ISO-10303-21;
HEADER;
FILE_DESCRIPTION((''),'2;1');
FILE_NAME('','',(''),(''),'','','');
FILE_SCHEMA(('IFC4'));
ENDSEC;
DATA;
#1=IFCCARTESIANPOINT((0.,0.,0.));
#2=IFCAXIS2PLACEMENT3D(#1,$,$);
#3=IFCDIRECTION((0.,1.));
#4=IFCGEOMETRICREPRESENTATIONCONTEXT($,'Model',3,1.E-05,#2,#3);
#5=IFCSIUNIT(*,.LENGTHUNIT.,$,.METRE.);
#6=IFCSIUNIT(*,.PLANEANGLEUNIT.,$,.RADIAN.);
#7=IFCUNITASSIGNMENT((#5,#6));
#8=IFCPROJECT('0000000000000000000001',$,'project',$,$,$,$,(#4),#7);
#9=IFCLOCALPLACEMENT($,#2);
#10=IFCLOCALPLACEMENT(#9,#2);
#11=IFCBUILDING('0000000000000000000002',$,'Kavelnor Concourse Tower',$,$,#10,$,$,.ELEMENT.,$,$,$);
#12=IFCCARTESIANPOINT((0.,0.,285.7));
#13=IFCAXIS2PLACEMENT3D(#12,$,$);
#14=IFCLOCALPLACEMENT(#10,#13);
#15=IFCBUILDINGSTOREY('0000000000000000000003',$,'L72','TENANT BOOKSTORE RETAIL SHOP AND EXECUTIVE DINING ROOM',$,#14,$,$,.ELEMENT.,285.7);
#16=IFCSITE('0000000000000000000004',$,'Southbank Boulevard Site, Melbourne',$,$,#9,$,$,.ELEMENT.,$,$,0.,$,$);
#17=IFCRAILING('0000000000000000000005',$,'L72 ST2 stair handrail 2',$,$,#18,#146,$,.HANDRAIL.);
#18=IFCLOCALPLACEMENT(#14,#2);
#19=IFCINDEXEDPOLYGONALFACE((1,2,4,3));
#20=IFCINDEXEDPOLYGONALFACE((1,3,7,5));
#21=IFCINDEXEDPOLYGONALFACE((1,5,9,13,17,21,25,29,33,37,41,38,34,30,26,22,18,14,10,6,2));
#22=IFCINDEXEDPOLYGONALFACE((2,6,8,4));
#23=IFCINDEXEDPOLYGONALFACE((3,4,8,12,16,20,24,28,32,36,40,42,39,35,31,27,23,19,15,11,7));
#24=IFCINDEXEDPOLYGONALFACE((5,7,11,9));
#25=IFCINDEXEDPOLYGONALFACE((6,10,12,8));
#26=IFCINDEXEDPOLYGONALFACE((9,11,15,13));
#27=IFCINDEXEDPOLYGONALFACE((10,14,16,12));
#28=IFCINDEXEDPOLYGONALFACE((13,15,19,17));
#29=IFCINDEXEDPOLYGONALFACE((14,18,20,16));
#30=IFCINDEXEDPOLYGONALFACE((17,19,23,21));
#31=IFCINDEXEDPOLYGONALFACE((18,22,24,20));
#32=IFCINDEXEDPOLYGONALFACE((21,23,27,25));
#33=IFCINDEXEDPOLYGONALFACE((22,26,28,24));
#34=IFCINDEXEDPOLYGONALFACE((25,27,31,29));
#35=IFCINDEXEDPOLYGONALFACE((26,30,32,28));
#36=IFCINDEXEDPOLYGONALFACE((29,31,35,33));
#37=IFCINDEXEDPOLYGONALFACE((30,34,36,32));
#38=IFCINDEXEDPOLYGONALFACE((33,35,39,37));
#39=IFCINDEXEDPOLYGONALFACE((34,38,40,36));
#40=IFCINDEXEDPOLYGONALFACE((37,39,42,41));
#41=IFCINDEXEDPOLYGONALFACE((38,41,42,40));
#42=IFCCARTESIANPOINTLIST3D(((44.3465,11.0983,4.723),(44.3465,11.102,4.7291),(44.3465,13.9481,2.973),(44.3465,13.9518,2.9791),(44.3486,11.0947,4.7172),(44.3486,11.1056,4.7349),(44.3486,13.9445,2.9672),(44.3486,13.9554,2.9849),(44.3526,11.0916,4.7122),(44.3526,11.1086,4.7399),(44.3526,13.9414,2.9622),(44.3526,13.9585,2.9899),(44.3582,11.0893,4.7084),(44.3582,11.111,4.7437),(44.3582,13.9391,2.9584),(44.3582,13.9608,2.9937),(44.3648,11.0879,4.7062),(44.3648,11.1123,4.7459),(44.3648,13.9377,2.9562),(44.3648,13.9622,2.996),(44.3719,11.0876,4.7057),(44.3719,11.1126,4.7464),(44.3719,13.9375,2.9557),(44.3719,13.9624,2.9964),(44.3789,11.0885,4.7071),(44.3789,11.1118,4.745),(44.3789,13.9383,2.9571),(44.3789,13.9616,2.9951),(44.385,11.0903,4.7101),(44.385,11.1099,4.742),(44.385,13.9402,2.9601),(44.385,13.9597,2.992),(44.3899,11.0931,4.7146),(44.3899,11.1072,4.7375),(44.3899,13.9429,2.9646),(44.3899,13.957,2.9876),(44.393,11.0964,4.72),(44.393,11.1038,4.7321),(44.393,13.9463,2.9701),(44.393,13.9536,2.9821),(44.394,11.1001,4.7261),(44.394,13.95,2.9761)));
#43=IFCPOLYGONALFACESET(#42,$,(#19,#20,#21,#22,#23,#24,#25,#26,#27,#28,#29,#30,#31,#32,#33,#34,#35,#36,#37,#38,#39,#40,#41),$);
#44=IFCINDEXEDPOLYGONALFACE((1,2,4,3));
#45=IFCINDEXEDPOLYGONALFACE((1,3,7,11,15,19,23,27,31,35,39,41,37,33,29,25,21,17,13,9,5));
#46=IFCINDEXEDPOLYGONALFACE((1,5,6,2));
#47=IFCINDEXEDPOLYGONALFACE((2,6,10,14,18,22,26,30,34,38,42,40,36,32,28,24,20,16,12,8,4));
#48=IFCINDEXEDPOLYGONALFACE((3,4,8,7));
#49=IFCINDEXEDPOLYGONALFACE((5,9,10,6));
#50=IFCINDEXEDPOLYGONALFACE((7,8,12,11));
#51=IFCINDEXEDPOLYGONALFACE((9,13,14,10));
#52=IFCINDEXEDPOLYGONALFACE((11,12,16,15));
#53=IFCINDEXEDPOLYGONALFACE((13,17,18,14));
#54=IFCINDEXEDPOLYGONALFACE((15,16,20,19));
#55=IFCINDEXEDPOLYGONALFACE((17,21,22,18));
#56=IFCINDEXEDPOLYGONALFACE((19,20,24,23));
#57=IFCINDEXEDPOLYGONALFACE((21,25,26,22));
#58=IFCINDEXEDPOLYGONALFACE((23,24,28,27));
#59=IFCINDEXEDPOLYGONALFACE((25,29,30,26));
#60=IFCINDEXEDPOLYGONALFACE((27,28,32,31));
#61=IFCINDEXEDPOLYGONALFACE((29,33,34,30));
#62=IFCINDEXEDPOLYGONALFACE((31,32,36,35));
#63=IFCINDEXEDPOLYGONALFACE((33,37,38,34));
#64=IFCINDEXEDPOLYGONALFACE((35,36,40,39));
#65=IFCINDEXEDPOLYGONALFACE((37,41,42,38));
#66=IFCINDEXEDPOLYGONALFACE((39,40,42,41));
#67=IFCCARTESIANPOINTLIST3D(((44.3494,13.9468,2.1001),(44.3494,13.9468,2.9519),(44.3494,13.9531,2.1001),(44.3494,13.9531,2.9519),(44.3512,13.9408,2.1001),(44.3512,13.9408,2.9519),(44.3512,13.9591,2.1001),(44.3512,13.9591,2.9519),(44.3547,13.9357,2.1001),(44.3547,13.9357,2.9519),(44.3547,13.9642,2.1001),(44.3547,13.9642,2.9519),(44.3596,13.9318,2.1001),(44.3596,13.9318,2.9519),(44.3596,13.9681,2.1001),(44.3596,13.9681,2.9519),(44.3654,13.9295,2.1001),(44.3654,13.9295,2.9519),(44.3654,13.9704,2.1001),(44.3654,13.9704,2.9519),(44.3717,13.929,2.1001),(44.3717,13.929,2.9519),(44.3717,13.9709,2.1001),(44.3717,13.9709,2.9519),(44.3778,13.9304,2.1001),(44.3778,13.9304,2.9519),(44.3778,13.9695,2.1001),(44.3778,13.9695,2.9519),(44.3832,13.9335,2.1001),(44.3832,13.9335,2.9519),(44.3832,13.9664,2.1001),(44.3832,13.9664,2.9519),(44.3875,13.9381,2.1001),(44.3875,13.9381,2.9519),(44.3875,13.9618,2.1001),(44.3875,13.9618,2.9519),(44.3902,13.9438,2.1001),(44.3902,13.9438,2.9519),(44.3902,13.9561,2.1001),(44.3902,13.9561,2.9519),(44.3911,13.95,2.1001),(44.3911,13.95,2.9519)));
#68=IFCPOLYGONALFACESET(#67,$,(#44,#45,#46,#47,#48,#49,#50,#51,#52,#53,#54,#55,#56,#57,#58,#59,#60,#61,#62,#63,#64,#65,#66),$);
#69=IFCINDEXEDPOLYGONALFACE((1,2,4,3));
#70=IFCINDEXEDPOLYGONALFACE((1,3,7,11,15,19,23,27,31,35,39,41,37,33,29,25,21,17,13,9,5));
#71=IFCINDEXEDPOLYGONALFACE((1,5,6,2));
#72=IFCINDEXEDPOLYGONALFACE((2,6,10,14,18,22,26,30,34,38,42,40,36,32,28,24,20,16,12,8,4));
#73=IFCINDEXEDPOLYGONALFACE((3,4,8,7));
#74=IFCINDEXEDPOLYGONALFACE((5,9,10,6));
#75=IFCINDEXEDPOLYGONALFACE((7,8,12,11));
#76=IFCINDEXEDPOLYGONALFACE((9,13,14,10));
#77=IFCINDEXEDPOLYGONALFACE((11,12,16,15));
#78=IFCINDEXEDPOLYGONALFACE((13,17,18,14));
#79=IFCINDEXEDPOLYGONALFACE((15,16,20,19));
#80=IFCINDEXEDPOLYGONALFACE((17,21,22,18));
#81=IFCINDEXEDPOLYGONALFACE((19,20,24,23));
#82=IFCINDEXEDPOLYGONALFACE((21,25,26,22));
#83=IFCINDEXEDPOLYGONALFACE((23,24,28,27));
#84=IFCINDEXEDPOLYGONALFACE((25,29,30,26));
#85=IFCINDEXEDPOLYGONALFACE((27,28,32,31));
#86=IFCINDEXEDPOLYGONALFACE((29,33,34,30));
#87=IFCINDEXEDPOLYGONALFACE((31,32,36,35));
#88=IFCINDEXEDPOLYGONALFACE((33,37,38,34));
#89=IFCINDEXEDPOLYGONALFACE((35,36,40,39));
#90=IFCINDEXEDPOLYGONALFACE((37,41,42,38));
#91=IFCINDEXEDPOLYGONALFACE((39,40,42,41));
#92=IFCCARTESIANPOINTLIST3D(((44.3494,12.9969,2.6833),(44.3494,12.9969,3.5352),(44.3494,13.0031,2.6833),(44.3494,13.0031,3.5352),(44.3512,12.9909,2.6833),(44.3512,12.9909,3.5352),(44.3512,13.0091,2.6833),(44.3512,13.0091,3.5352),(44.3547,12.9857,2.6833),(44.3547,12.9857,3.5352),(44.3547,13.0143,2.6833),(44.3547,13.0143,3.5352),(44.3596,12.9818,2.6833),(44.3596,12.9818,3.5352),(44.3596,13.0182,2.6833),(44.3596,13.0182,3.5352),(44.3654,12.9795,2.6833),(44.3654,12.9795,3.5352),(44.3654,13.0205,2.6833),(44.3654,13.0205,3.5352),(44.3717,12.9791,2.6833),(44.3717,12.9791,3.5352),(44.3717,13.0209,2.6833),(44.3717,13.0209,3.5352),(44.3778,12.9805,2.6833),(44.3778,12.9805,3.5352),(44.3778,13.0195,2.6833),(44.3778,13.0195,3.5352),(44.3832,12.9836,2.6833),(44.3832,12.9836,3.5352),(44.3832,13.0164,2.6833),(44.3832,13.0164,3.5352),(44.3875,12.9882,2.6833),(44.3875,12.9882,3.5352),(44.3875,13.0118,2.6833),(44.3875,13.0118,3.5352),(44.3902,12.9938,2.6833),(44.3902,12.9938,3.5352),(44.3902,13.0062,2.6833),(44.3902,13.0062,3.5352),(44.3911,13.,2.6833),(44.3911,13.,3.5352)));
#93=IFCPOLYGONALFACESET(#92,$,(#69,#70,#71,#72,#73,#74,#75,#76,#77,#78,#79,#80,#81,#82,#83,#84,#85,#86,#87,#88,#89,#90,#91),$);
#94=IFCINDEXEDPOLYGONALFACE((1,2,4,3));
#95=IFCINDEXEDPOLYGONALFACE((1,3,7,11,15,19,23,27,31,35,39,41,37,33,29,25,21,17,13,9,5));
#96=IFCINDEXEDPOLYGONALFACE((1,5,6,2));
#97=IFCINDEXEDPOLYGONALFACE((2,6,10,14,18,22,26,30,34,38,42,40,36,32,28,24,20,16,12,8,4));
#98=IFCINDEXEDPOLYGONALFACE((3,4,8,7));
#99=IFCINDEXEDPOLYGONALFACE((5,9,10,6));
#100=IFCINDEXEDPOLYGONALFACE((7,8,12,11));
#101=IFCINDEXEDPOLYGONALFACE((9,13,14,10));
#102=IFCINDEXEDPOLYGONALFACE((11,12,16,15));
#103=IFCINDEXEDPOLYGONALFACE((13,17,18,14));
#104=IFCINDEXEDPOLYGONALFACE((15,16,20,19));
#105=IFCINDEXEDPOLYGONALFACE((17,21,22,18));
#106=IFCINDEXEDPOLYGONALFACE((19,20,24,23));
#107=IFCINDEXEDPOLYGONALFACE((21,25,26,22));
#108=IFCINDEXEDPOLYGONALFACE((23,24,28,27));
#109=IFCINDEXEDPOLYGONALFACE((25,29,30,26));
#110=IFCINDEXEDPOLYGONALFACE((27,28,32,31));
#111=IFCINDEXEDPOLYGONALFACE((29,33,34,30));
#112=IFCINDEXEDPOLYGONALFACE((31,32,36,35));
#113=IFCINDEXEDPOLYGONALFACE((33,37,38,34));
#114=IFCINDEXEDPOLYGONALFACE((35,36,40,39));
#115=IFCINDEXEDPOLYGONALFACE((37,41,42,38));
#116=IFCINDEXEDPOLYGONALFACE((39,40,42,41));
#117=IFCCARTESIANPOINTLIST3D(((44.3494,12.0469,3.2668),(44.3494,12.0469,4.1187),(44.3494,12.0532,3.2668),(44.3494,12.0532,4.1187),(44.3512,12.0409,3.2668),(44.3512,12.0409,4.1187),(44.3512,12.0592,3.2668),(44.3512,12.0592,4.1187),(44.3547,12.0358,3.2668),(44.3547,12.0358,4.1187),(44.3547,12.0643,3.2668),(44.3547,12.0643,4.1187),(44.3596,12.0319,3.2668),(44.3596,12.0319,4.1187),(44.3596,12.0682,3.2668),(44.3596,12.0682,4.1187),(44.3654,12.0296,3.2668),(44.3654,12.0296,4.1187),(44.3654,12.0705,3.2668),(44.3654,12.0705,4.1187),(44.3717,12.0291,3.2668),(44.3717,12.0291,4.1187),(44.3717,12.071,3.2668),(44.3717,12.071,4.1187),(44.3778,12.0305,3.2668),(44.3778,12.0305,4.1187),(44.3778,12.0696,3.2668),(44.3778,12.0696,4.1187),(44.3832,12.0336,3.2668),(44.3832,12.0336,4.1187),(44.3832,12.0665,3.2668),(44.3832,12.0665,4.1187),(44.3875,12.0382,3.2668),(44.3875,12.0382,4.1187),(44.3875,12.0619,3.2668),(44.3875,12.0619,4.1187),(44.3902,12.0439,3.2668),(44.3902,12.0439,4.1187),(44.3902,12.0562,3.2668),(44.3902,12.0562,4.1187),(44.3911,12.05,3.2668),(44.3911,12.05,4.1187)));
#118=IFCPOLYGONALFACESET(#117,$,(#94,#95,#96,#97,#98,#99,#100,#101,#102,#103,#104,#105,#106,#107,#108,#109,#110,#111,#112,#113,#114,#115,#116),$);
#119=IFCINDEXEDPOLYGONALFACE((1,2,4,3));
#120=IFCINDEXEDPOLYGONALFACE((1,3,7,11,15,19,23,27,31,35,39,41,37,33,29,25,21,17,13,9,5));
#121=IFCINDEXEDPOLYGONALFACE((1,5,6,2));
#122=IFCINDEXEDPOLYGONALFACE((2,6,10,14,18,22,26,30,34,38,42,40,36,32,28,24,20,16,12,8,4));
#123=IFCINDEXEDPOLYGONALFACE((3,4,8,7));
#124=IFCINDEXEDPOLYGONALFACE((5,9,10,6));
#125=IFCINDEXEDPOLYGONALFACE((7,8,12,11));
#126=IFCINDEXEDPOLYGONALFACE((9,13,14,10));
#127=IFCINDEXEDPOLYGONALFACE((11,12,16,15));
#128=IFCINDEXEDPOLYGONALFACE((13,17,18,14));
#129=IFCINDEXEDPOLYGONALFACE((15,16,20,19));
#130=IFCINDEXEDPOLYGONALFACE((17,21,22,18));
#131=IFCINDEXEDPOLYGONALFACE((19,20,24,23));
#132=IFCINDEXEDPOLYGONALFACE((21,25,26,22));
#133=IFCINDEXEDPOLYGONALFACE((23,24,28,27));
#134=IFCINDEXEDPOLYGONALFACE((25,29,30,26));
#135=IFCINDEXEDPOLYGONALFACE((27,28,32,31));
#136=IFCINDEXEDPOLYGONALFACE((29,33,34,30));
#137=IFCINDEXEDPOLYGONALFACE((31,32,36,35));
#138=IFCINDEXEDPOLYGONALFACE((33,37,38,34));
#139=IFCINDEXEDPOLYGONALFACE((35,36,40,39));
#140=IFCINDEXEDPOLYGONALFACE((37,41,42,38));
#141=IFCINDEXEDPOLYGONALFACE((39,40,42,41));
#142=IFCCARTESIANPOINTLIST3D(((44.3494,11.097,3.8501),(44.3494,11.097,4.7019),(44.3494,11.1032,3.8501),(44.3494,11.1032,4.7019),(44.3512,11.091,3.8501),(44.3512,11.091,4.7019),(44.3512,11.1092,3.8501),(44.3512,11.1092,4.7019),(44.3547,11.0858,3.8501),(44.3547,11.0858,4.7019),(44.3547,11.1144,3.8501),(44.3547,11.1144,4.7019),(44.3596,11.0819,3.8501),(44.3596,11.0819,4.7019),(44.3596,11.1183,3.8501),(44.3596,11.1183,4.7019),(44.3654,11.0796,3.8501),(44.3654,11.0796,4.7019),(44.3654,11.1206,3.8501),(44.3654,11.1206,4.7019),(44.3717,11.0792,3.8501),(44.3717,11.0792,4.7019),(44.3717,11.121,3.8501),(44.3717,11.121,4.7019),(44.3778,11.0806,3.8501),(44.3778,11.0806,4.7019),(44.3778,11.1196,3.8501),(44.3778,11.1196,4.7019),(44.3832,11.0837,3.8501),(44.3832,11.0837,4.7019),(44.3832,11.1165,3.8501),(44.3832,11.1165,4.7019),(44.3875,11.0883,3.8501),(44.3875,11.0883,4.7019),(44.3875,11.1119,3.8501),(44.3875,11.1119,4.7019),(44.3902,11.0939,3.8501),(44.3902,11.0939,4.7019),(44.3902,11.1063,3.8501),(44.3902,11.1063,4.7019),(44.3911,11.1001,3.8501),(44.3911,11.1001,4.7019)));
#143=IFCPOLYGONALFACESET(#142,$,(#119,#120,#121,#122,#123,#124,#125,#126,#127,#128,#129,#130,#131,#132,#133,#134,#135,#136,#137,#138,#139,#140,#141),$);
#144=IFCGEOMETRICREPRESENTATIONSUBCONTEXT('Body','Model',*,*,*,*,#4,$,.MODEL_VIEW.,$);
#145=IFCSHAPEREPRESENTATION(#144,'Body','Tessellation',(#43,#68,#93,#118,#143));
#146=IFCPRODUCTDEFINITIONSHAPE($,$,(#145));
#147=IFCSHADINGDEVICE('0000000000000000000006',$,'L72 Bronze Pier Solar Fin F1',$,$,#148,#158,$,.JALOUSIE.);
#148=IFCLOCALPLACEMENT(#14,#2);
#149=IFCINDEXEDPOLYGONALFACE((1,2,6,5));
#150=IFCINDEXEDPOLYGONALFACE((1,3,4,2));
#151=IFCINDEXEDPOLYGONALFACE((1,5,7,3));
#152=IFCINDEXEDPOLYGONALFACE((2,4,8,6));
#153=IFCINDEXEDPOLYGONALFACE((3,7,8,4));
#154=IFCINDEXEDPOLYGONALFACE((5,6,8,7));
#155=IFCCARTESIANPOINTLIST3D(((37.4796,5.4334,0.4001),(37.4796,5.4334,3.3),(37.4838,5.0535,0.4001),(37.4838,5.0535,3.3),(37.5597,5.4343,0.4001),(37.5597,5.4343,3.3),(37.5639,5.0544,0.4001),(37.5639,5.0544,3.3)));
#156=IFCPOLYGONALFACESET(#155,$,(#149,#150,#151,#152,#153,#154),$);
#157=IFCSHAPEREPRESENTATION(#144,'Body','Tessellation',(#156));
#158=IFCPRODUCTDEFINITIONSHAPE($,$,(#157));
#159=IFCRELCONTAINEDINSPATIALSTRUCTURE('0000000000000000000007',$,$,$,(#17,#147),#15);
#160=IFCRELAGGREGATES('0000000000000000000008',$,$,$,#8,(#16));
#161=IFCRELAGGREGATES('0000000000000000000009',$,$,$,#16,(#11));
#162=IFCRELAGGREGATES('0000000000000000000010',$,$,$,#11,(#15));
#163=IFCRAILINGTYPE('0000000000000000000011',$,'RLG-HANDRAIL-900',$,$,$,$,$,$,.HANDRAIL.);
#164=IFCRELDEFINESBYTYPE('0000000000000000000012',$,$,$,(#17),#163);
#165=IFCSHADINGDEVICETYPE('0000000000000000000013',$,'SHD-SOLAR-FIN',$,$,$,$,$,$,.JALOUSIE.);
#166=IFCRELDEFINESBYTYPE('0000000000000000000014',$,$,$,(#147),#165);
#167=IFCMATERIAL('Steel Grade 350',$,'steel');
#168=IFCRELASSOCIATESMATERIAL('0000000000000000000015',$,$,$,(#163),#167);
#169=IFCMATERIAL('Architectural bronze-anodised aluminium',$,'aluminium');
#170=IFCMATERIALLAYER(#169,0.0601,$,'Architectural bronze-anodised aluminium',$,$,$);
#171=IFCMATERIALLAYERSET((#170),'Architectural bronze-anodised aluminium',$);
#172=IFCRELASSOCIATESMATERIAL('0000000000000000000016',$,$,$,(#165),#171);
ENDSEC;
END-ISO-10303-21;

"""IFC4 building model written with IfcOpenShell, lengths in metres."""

from ifc_helpers import new_model, si_unit, direction, frame, origin, origin_2d, place, context, subcontext, project, spatial, rectangle, circle, extrude, material, layer, layer_set, type_object, element, save


model = new_model("IFC4")

# Units and contexts
model_context = context("Model", 3, precision=1e-05, world=origin(), true_north=direction((0.0, 1.0)))
body_context = subcontext(model_context, "Body", "Model", "MODEL_VIEW")
ifc_project = project(units=[si_unit("LENGTHUNIT", "METRE"), si_unit("PLANEANGLEUNIT", "RADIAN")], contexts=[model_context])

# Site, building, storey
site_placement = place(None, origin())
site = spatial("IfcSite", under=ifc_project, at=site_placement, Name="Southbank Boulevard Site, Melbourne", CompositionType="ELEMENT", RefElevation=0.0)
building_placement = place(site_placement, origin())
building = spatial("IfcBuilding", under=site, at=building_placement, Name="Kavelnor Concourse Tower", CompositionType="ELEMENT")
storey_placement = place(building_placement, frame((0.0, 0.0, 285.7)))
storey = spatial("IfcBuildingStorey", under=building, at=storey_placement, Name="L72", Description="TENANT BOOKSTORE RETAIL SHOP AND EXECUTIVE DINING ROOM", CompositionType="ELEMENT", Elevation=285.7)

# Shared definitions
ifc_material_1 = material(Name="Steel Grade 350", Category="steel")

# Railing
railing_type_1 = type_object("IfcRailingType", Name="RLG-HANDRAIL-900", PredefinedType="HANDRAIL", material=ifc_material_1)
railing_1_placement = place(storey_placement, frame((44.3701, 13.95, 2.1001)))
element("IfcRailing", 1, at=railing_1_placement, inside=storey, type_object=railing_type_1, Name="L72 ST2 stair handrail 2", PredefinedType="HANDRAIL", context=body_context, shape_type="SweptSolid", body=[
    extrude(circle(Radius=0.0239, at=origin_2d()), frame((0.0, 0.0, 0.876), z_axis=(0.0, -0.852159, 0.523283), x_axis=(1.0, 0.0, 0.0)), (0.0, 0.0, 1.0), 3.3442),
    extrude(circle(Radius=0.021, at=origin_2d()), origin(), (0.0, 0.0, 1.0), 0.8518),
    extrude(circle(Radius=0.021, at=origin_2d()), frame((0.0, -0.95, 0.5833)), (0.0, 0.0, 1.0), 0.8518),
    extrude(circle(Radius=0.021, at=origin_2d()), frame((0.0, -1.8999, 1.1667)), (0.0, 0.0, 1.0), 0.8518),
    extrude(circle(Radius=0.021, at=origin_2d()), frame((0.0, -2.8499, 1.75)), (0.0, 0.0, 1.0), 0.8518),
])

# Shading device
ifc_material_2 = material(Name="Architectural bronze-anodised aluminium", Category="aluminium")
ifc_layer_1 = layer(ifc_material_2, 0.0601, Name="Architectural bronze-anodised aluminium")
ifc_layer_set_1 = layer_set([ifc_layer_1], Name="Architectural bronze-anodised aluminium")
shading_device_type = type_object("IfcShadingDeviceType", Name="SHD-SOLAR-FIN", PredefinedType="JALOUSIE", material=ifc_layer_set_1)
shading_device_placement = place(storey_placement, frame((37.5217, 5.2439, 0.4001), z_axis=(0.0, 0.0, 1.0), x_axis=(0.010995, -0.99994, 0.0)))
element("IfcShadingDevice", 2, at=shading_device_placement, inside=storey, type_object=shading_device_type, Name="L72 Bronze Pier Solar Fin F1", PredefinedType="JALOUSIE", context=body_context, shape_type="SweptSolid", body=[
    extrude(rectangle(XDim=0.3799, YDim=0.0801, at=origin_2d()), origin(), (0.0, 0.0, 1.0), 2.8999),
])

save(model, "model.ifc")
